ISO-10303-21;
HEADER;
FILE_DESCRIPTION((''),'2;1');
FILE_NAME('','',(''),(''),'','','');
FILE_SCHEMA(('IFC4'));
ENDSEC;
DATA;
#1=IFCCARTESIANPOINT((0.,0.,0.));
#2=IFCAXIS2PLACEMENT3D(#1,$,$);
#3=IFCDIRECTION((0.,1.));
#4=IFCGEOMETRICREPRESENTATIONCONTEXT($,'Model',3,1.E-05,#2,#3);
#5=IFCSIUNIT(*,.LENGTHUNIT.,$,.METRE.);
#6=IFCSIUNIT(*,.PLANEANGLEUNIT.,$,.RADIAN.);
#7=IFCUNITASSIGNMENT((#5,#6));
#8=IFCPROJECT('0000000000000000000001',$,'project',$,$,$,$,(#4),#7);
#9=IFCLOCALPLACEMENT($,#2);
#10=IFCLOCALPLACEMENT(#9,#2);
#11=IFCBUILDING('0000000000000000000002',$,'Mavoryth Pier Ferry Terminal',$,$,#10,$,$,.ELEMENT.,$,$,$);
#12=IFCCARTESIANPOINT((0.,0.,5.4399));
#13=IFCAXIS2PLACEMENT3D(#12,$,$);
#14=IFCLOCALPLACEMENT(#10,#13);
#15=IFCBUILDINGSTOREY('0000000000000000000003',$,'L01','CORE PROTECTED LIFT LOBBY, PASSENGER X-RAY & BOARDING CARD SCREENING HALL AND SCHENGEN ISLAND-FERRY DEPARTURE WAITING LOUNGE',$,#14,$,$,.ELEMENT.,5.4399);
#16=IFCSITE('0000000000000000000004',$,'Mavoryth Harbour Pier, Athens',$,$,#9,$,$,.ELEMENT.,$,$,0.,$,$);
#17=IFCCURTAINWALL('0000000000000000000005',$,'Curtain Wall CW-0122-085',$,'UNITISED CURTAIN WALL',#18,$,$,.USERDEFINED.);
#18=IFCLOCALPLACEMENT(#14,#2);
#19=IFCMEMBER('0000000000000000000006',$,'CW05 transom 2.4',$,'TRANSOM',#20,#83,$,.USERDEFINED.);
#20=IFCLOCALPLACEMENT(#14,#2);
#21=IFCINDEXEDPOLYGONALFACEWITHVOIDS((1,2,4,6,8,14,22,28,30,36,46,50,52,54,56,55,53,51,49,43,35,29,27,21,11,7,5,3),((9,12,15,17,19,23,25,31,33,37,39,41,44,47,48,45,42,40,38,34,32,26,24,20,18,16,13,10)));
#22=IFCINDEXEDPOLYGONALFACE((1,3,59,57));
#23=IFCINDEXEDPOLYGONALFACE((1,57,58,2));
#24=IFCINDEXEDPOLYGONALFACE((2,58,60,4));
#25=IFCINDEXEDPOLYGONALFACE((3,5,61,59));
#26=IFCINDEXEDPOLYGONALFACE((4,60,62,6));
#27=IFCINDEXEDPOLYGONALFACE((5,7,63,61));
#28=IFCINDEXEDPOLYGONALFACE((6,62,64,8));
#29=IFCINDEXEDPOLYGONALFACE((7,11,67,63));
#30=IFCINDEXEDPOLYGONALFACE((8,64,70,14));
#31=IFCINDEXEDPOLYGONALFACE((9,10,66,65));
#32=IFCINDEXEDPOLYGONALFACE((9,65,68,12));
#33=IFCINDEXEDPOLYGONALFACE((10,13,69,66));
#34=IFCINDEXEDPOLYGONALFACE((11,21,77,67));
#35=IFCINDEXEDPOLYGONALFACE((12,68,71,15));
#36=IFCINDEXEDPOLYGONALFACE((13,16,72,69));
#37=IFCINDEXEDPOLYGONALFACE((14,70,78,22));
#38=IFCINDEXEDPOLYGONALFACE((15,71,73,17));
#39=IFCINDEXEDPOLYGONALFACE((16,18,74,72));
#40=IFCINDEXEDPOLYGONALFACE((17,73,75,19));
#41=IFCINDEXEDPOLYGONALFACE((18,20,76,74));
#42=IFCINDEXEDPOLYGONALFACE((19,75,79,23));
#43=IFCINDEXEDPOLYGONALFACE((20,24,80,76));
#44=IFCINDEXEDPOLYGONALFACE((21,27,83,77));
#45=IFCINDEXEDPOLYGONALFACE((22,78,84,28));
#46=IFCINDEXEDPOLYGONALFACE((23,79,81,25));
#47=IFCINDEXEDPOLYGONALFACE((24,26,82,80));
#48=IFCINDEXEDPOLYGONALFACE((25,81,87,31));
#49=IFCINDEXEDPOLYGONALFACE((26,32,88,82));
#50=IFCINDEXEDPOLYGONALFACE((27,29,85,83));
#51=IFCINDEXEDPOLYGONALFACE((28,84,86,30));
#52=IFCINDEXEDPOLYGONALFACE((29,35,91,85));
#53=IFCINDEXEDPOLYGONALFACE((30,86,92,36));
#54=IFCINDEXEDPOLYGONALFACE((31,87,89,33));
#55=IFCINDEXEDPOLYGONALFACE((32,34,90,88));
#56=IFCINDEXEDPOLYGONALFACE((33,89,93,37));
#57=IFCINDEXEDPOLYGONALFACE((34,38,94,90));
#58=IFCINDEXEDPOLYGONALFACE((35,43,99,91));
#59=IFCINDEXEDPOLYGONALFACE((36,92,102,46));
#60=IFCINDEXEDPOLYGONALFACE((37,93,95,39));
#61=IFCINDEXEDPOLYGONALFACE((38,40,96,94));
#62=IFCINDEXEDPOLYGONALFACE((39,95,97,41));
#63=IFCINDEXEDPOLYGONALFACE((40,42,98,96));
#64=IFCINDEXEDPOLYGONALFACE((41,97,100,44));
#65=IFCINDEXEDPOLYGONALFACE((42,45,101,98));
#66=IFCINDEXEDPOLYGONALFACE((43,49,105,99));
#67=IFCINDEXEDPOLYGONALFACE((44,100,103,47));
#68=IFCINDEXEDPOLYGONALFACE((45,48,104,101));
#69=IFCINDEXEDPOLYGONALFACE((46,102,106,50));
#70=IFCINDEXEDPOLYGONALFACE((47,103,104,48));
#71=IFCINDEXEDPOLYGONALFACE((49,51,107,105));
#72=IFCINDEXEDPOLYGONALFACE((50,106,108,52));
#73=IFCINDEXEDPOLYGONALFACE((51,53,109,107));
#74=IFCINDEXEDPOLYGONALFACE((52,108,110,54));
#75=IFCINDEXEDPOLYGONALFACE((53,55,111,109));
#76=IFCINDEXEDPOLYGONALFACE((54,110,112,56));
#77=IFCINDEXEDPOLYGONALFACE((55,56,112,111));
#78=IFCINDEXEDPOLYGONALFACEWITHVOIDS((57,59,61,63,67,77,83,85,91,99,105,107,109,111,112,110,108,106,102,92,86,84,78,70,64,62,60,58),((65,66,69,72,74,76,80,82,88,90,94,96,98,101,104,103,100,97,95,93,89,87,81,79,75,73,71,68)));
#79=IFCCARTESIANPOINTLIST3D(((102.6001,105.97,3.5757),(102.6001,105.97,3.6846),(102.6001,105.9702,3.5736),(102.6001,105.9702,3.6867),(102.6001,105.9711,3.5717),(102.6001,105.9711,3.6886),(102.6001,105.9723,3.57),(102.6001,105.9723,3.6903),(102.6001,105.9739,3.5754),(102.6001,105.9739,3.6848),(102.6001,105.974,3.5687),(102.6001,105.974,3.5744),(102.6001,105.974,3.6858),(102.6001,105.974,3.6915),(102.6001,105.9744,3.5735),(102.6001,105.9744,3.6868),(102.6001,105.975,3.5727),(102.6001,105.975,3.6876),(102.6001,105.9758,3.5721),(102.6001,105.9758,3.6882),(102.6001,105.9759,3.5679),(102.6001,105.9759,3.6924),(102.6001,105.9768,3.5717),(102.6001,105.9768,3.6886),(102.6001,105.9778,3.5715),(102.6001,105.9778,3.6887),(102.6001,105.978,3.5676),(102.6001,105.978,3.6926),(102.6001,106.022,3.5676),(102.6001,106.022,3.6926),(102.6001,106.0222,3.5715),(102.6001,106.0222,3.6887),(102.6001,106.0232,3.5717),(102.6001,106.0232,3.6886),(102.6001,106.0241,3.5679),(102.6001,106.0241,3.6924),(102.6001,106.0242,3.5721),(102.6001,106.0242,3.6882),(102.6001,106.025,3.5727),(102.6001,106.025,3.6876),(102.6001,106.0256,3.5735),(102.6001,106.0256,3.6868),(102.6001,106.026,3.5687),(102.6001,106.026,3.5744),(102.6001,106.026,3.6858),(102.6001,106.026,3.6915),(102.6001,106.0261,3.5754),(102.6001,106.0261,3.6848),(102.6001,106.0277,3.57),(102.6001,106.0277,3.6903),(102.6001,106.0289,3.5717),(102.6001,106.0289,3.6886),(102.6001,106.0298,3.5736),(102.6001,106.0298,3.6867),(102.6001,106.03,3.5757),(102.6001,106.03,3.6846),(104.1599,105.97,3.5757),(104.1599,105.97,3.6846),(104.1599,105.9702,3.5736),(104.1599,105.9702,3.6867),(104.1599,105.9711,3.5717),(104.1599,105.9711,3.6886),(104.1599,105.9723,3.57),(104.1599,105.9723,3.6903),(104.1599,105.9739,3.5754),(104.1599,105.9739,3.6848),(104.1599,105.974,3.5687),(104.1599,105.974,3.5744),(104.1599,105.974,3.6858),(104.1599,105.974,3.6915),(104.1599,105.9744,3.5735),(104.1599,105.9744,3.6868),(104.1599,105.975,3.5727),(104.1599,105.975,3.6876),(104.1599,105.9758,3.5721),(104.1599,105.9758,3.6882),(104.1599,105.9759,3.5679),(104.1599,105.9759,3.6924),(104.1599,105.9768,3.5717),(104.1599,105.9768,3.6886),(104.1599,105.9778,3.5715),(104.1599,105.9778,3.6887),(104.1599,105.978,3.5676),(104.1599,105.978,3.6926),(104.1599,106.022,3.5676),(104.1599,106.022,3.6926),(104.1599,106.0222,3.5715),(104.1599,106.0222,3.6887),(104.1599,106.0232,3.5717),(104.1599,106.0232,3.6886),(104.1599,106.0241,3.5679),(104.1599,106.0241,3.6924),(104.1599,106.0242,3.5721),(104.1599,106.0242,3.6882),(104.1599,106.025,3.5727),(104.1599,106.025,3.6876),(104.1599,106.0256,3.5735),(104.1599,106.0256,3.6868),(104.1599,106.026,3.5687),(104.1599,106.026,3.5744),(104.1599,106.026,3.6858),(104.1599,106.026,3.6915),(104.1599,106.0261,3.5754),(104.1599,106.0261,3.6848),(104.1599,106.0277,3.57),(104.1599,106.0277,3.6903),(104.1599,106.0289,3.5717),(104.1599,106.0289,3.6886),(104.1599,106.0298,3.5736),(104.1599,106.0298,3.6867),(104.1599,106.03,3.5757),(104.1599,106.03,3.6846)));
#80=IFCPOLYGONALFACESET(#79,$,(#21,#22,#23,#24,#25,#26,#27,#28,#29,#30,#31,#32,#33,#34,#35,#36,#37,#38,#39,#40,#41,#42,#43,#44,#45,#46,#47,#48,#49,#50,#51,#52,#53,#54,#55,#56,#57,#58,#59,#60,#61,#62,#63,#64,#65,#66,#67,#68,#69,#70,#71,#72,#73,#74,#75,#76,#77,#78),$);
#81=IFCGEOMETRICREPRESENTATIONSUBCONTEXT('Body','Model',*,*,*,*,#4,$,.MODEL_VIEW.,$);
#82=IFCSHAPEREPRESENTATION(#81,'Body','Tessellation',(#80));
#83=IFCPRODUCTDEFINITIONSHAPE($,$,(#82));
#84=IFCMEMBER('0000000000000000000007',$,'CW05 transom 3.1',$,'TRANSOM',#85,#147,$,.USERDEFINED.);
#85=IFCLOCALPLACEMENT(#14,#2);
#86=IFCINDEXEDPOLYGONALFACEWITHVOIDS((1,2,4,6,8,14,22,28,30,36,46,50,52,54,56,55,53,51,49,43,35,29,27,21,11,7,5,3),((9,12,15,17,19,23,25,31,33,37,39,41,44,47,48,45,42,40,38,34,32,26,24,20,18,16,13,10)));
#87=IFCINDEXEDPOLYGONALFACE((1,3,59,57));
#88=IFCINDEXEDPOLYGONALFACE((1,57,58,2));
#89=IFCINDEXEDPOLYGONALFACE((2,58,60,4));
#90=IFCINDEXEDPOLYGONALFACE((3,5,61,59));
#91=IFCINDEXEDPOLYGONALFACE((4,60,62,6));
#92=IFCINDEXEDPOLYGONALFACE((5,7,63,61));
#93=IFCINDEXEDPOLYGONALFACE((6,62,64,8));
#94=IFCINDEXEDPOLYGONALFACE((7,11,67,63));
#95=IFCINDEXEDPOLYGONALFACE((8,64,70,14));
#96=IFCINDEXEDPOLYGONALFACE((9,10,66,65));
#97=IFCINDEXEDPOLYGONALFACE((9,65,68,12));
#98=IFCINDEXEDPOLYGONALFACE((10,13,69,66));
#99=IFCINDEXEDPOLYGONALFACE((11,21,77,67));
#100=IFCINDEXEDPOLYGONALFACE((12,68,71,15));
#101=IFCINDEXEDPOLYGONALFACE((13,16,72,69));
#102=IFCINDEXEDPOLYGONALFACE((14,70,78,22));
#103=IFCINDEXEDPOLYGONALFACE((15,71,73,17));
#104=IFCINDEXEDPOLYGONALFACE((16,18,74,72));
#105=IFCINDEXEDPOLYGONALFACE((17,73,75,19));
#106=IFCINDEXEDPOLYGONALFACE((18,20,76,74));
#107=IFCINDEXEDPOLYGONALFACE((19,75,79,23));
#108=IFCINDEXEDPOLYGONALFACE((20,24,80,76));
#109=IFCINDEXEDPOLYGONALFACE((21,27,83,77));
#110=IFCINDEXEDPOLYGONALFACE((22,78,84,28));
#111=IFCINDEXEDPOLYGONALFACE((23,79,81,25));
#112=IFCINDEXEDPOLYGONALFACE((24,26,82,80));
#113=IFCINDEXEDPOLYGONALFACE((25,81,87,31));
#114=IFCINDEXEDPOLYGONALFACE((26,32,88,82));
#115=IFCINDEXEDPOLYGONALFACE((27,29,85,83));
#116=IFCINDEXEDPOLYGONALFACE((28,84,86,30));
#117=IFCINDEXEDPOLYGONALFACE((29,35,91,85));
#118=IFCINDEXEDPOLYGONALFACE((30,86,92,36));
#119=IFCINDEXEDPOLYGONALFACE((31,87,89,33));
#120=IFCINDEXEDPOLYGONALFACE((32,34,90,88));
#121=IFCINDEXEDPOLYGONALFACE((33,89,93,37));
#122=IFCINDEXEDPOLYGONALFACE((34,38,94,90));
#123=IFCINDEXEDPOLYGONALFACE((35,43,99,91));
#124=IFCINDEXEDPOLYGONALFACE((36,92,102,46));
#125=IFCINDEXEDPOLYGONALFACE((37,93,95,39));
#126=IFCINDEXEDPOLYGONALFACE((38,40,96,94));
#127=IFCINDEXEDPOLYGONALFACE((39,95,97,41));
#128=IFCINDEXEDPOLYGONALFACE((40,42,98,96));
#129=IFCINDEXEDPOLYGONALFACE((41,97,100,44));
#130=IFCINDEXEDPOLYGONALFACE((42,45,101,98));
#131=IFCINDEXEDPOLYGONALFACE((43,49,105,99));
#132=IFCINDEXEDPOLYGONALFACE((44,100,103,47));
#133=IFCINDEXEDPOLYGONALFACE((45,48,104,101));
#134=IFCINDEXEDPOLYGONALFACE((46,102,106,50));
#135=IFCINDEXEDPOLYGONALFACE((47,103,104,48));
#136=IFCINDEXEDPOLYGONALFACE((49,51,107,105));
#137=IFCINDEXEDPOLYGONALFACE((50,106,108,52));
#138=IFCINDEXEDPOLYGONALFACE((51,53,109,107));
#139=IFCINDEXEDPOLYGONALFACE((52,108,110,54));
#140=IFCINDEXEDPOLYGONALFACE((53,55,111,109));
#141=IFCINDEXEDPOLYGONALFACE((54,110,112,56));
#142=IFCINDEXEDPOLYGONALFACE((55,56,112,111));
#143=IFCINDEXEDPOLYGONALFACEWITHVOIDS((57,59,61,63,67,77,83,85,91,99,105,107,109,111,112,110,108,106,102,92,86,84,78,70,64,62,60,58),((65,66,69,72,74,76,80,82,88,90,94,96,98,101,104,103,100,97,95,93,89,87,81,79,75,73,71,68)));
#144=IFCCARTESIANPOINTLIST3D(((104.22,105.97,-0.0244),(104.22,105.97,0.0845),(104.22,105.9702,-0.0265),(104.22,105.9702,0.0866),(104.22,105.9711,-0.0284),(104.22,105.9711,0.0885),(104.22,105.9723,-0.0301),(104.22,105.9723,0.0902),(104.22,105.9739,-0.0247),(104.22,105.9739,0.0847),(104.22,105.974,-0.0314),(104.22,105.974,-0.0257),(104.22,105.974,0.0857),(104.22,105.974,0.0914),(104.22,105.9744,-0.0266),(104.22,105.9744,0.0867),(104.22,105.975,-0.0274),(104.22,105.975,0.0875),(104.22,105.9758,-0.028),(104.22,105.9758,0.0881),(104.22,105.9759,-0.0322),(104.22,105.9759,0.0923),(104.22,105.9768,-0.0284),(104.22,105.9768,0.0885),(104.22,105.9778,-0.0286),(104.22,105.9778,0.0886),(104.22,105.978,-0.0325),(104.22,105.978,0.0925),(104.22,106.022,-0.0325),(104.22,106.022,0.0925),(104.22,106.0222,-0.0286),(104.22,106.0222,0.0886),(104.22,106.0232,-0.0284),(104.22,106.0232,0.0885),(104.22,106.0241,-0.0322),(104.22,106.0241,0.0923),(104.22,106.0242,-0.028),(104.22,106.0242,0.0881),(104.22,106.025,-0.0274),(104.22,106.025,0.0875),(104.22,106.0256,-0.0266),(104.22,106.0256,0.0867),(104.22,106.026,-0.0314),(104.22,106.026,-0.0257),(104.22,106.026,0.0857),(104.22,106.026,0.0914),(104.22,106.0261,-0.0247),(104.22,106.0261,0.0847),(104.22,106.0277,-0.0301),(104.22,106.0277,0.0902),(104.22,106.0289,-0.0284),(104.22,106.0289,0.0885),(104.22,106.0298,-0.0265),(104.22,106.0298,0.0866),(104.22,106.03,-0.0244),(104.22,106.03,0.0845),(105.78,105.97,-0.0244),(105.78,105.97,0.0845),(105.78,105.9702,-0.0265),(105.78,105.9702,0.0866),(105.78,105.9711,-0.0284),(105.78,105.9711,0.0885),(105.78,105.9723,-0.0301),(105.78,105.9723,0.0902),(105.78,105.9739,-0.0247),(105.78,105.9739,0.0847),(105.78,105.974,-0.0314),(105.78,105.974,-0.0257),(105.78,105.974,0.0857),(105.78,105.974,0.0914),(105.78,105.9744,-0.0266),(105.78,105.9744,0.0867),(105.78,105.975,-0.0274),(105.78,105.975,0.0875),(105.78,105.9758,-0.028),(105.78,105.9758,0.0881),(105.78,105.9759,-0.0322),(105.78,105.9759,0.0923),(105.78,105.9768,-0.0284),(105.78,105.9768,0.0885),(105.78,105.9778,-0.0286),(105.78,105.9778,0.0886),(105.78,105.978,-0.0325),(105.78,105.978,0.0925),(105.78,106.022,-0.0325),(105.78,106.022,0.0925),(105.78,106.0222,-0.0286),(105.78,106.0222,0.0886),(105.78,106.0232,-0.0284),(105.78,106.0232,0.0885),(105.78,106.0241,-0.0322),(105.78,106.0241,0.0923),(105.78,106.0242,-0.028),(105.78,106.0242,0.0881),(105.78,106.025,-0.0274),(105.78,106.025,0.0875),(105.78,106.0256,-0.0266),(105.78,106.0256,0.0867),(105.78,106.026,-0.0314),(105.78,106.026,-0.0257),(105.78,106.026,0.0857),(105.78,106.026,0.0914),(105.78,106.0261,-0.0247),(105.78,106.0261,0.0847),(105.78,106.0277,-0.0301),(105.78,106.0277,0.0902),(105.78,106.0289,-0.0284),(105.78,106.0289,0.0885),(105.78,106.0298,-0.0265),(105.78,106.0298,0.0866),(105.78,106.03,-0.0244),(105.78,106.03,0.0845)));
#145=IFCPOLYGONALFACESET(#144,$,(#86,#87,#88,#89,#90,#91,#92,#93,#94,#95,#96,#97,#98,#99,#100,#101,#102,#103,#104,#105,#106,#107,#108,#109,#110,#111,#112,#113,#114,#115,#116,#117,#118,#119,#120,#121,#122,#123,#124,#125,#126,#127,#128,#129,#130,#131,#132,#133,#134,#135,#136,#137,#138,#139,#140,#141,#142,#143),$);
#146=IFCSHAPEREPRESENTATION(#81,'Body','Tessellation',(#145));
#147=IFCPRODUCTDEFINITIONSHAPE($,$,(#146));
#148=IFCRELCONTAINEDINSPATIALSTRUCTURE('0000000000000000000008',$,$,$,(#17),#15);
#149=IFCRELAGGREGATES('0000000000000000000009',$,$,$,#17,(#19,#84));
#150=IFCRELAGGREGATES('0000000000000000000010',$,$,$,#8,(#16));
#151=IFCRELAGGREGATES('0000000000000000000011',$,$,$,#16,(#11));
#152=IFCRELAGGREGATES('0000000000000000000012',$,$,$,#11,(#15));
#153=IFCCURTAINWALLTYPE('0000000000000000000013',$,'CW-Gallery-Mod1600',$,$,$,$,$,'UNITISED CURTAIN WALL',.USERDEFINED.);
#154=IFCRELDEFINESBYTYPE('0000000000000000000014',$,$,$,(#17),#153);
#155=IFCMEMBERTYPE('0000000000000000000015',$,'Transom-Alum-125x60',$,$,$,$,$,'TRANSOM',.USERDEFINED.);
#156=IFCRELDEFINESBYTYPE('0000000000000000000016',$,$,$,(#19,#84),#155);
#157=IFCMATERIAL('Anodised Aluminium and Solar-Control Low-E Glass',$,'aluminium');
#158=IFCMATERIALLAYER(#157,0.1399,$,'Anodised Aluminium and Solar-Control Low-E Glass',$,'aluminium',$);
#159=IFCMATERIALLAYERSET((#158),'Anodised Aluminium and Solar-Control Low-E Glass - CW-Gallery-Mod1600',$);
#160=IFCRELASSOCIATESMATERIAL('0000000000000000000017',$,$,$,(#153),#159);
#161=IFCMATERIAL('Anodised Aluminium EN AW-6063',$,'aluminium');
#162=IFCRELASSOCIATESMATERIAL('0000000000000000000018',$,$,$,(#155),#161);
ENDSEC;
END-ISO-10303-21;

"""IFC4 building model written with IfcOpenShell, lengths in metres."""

from ifc_helpers import new_model, si_unit, direction, frame, origin, origin_2d, place, context, subcontext, project, spatial, hollow_rectangle, extrude, material, layer, layer_set, material_profile, profile_set, type_object, element, aggregate, save


model = new_model("IFC4")

# Units and contexts
model_context = context("Model", 3, precision=1e-05, world=origin(), true_north=direction((0.0, 1.0)))
body_context = subcontext(model_context, "Body", "Model", "MODEL_VIEW")
ifc_project = project(units=[si_unit("LENGTHUNIT", "METRE"), si_unit("PLANEANGLEUNIT", "RADIAN")], contexts=[model_context])

# Site, building, storey
site_placement = place(None, origin())
site = spatial("IfcSite", under=ifc_project, at=site_placement, Name="Mavoryth Harbour Pier, Athens", CompositionType="ELEMENT", RefElevation=0.0)
building_placement = place(site_placement, origin())
building = spatial("IfcBuilding", under=site, at=building_placement, Name="Mavoryth Pier Ferry Terminal", CompositionType="ELEMENT")
storey_placement = place(building_placement, frame((0.0, 0.0, 5.4399)))
storey = spatial("IfcBuildingStorey", under=building, at=storey_placement, Name="L01", Description="CORE PROTECTED LIFT LOBBY, PASSENGER X-RAY & BOARDING CARD SCREENING HALL AND SCHENGEN ISLAND-FERRY DEPARTURE WAITING LOUNGE", CompositionType="ELEMENT", Elevation=5.4399)

# Shared definitions
ifc_material_1 = material(Name="Anodised Aluminium and Solar-Control Low-E Glass", Category="aluminium")
ifc_layer_1 = layer(ifc_material_1, 0.1399, Name="Anodised Aluminium and Solar-Control Low-E Glass", Category="aluminium")
ifc_layer_set_1 = layer_set([ifc_layer_1], Name="Anodised Aluminium and Solar-Control Low-E Glass - CW-Gallery-Mod1600")
curtain_wall_type = type_object("IfcCurtainWallType", Name="CW-Gallery-Mod1600", ElementType="UNITISED CURTAIN WALL", PredefinedType="USERDEFINED", material=ifc_layer_set_1)
ifc_material_2 = material(Name="Anodised Aluminium EN AW-6063", Category="aluminium")

# Curtain wall
curtain_wall_1_placement = place(storey_placement, origin())
curtain_wall_1 = element("IfcCurtainWall", 1, at=curtain_wall_1_placement, inside=storey, type_object=curtain_wall_type, Name="Curtain Wall CW-0122-085", ObjectType="UNITISED CURTAIN WALL", PredefinedType="USERDEFINED")

# Members
ifc_material_profile_1 = material_profile(ifc_material_2, hollow_rectangle(XDim=0.0601, YDim=0.125, WallThickness=0.0039, InnerFilletRadius=0.0039, OuterFilletRadius=0.0081, at=origin_2d()), Name="AL-TRAN 125x60x4", Category="aluminium")
ifc_profile_set_1 = profile_set([ifc_material_profile_1], Name="Anodised Aluminium EN AW-6063 - AL-TRAN 125x60x4")
member_type_1 = type_object("IfcMemberType", Name="Transom-Alum-125x60", ElementType="TRANSOM", PredefinedType="USERDEFINED", material=ifc_profile_set_1)
member_1_placement = place(storey_placement, frame((102.6001, 106.0, 3.6301), z_axis=(1.0, 0.0, 0.0), x_axis=(0.0, 1.0, 0.0)))
member_1 = element("IfcMember", 2, at=member_1_placement, type_object=member_type_1, Name="CW05 transom 2.4", ObjectType="TRANSOM", PredefinedType="USERDEFINED", context=body_context, shape_type="SweptSolid", body=[
    extrude(hollow_rectangle(XDim=0.0601, YDim=0.125, WallThickness=0.0039, InnerFilletRadius=0.0039, OuterFilletRadius=0.0081, at=origin_2d()), origin(), (0.0, 0.0, 1.0), 1.5598),
])
member_2_placement = place(storey_placement, frame((104.22, 106.0, 0.03), z_axis=(1.0, 0.0, 0.0), x_axis=(0.0, 1.0, 0.0)))
member_2 = element("IfcMember", 3, at=member_2_placement, type_object=member_type_1, Name="CW05 transom 3.1", ObjectType="TRANSOM", PredefinedType="USERDEFINED", context=body_context, shape_type="SweptSolid", body=[
    extrude(hollow_rectangle(XDim=0.0601, YDim=0.125, WallThickness=0.0039, InnerFilletRadius=0.0039, OuterFilletRadius=0.0081, at=origin_2d()), origin(), (0.0, 0.0, 1.0), 1.5601),
])

aggregate(curtain_wall_1, [member_1, member_2])

save(model, "model.ifc")
